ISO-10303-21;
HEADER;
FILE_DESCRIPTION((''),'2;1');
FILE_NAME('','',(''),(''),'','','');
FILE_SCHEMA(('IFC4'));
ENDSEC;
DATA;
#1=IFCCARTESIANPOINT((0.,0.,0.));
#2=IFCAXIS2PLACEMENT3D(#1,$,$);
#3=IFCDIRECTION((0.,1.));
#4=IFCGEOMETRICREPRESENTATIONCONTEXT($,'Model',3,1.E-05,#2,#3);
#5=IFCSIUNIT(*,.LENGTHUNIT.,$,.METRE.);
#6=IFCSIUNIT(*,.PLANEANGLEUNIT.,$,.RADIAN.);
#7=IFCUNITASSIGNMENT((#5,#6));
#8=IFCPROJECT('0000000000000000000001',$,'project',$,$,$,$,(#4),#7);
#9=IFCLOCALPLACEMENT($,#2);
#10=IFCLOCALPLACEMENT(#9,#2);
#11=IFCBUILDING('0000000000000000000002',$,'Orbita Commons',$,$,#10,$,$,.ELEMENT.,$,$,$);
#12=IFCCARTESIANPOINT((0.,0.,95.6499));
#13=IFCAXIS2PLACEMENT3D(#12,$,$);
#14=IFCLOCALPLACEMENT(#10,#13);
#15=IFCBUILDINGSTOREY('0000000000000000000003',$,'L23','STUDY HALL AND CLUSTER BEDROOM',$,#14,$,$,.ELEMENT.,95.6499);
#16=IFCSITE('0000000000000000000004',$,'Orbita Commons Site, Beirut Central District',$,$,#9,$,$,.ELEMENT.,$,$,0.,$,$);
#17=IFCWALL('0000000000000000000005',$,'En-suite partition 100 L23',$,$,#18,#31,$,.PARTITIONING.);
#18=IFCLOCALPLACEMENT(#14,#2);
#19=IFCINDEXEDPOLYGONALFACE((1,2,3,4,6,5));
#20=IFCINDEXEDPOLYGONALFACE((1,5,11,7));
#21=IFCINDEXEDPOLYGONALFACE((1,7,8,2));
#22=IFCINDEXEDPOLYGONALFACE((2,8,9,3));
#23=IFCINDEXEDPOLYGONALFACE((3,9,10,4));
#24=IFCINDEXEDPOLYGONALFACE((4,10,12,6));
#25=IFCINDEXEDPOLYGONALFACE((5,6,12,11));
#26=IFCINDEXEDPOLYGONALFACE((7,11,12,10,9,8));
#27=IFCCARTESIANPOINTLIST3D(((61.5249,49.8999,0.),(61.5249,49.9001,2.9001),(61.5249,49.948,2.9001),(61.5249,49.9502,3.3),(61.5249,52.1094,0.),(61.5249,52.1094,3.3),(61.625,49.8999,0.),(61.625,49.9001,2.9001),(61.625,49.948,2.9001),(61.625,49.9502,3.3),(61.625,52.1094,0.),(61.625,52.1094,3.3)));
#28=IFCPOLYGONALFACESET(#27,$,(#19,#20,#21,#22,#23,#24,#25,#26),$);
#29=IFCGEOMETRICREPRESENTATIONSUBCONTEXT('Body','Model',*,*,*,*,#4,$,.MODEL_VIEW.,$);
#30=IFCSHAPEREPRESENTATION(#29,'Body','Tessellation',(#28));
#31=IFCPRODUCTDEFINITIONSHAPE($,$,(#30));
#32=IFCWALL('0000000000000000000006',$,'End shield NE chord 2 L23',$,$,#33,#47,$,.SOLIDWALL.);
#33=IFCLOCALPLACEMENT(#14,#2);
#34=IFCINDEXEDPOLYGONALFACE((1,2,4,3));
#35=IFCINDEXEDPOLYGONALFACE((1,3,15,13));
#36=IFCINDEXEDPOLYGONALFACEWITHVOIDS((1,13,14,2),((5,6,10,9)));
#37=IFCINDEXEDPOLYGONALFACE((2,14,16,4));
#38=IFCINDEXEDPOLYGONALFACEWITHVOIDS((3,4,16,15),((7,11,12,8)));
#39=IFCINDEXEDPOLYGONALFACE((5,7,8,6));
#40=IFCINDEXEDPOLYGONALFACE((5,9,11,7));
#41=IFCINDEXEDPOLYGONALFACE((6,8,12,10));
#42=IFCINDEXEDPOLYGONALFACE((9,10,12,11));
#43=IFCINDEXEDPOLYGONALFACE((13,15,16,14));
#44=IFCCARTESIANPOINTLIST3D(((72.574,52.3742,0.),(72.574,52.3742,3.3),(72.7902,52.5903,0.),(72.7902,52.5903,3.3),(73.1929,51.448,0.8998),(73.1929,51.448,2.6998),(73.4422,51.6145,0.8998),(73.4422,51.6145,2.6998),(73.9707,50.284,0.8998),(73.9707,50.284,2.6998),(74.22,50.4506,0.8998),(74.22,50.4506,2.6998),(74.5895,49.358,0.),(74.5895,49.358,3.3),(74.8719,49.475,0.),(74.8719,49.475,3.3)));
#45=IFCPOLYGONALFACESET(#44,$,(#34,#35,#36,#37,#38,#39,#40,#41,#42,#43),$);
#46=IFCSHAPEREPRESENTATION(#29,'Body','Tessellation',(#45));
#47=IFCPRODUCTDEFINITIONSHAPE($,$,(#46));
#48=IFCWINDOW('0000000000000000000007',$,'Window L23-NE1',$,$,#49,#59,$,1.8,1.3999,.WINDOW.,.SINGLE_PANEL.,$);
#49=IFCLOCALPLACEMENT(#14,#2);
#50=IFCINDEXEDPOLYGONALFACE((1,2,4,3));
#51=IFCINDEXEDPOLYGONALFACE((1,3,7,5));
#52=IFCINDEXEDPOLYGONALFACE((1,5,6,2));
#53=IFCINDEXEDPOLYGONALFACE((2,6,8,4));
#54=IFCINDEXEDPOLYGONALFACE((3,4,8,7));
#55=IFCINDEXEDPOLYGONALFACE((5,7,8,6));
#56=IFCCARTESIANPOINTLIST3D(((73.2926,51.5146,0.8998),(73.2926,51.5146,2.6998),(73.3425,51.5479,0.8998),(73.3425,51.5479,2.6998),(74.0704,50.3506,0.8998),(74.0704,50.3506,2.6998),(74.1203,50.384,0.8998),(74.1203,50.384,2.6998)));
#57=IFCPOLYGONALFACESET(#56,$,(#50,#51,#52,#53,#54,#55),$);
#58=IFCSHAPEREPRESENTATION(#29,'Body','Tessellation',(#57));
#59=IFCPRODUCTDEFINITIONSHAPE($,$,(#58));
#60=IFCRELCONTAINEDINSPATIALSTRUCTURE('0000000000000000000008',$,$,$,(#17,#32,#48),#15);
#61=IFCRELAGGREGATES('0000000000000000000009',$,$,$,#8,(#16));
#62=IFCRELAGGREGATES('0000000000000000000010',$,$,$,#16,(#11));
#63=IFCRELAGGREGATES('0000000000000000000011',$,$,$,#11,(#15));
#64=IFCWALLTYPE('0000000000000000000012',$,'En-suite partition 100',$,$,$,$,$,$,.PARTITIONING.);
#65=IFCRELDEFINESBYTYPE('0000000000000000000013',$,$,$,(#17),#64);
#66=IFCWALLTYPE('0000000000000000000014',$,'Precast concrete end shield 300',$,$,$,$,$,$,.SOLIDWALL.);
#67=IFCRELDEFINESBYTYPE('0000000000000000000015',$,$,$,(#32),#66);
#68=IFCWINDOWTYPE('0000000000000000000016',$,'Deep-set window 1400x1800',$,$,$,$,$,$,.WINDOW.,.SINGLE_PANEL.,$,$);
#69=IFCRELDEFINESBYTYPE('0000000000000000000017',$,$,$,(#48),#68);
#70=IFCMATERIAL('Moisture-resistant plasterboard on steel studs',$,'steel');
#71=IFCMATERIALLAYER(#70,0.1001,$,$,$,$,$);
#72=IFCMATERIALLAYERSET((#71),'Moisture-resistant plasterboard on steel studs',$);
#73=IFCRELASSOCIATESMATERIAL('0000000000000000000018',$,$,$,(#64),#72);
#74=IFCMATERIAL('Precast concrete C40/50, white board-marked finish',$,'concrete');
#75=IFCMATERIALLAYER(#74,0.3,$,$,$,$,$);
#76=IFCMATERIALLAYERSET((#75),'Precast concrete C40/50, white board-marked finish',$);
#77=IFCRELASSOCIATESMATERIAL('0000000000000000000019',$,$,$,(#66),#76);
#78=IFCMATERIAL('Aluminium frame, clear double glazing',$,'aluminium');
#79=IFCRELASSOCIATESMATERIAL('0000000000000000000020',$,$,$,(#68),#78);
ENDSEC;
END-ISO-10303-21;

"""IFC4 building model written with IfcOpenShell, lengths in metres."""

from ifc_helpers import new_model, si_unit, direction, frame, frame_2d, origin, place, context, subcontext, project, spatial, polyline, rectangle, outline, extrude, material, layer, layer_set, type_object, element, fill, save


model = new_model("IFC4")

# Units and contexts
model_context = context("Model", 3, precision=1e-05, world=origin(), true_north=direction((0.0, 1.0)))
body_context = subcontext(model_context, "Body", "Model", "MODEL_VIEW")
ifc_project = project(units=[si_unit("LENGTHUNIT", "METRE"), si_unit("PLANEANGLEUNIT", "RADIAN")], contexts=[model_context])

# Site, building, storey
site_placement = place(None, origin())
site = spatial("IfcSite", under=ifc_project, at=site_placement, Name="Orbita Commons Site, Beirut Central District", CompositionType="ELEMENT", RefElevation=0.0)
building_placement = place(site_placement, origin())
building = spatial("IfcBuilding", under=site, at=building_placement, Name="Orbita Commons", CompositionType="ELEMENT")
storey_placement = place(building_placement, frame((0.0, 0.0, 95.6499)))
storey = spatial("IfcBuildingStorey", under=building, at=storey_placement, Name="L23", Description="STUDY HALL AND CLUSTER BEDROOM", CompositionType="ELEMENT", Elevation=95.6499)

# Wall
ifc_material_1 = material(Name="Moisture-resistant plasterboard on steel studs", Category="steel")
ifc_layer_1 = layer(ifc_material_1, 0.1001)
ifc_layer_set_1 = layer_set([ifc_layer_1], Name="Moisture-resistant plasterboard on steel studs")
wall_type_1 = type_object("IfcWallType", Name="En-suite partition 100", PredefinedType="PARTITIONING", material=ifc_layer_set_1)
for number, where, z_axis, x_axis, name in (
    (1, (61.575, 52.1094, 0.0), (0.0, 0.0, 1.0), (0.0, -1.0, 0.0), "En-suite partition 100 L23"),
):
    element("IfcWall", number, at=place(storey_placement, frame(where, z_axis=z_axis, x_axis=x_axis)), inside=storey, type_object=wall_type_1, Name=name, PredefinedType="PARTITIONING", context=body_context, shape_type="SweptSolid", body=[
        extrude(outline(polyline([(0.0, 0.0), (2.2095, 0.0), (2.2092, 2.9001), (2.1614, 2.9001), (2.1592, 3.3), (0.0, 3.3), (0.0, 0.0)])), frame((0.0, 0.05, 0.0), z_axis=(0.0, -1.0, 0.0), x_axis=(1.0, 0.0, 0.0)), (0.0, 0.0, 1.0), 0.1001),
    ])

# Wall, opening, window
ifc_material_2 = material(Name="Precast concrete C40/50, white board-marked finish", Category="concrete")
ifc_layer_2 = layer(ifc_material_2, 0.3)
ifc_layer_set_2 = layer_set([ifc_layer_2], Name="Precast concrete C40/50, white board-marked finish")
wall_type_2 = type_object("IfcWallType", Name="Precast concrete end shield 300", PredefinedType="SOLIDWALL", material=ifc_layer_set_2)
wall_1_placement = place(storey_placement, frame((74.7307, 49.4165, 0.0), z_axis=(0.0, 0.0, 1.0), x_axis=(-0.555601, 0.831449, 0.0)))
wall_1 = element("IfcWall", 2, at=wall_1_placement, inside=storey, type_object=wall_type_2, Name="End shield NE chord 2 L23", PredefinedType="SOLIDWALL", context=body_context, shape_type="SweptSolid", body=[
    extrude(outline(polyline([(-0.0298, -0.1499), (3.717, -0.1499), (3.6575, 0.1499), (0.0298, 0.1499), (-0.0298, -0.1499)])), origin(), (0.0, 0.0, 1.0), 3.3),
])
opening_1_placement = place(wall_1_placement, frame((1.1436, 0.0, 0.8999)))
opening_1 = element("IfcOpeningElement", 3, at=opening_1_placement, cuts=wall_1, PredefinedType="OPENING", context=body_context, shape_type="SweptSolid", body=[
    extrude(rectangle(XDim=1.3999, YDim=1.8, at=frame_2d((0.7, 0.8999))), frame((0.0, 0.1599, 0.0), z_axis=(0.0, -1.0, 0.0), x_axis=(1.0, 0.0, 0.0)), (0.0, 0.0, 1.0), 0.3201),
])
ifc_material_3 = material(Name="Aluminium frame, clear double glazing", Category="aluminium")
window_type = type_object("IfcWindowType", Name="Deep-set window 1400x1800", PartitioningType="SINGLE_PANEL", PredefinedType="WINDOW", material=ifc_material_3)
window_placement = place(opening_1_placement, origin())
window = element("IfcWindow", 4, at=window_placement, inside=storey, type_object=window_type, Name="Window L23-NE1", OverallHeight=1.8, OverallWidth=1.3999, PartitioningType="SINGLE_PANEL", PredefinedType="WINDOW", context=body_context, shape_type="SweptSolid", body=[
    extrude(rectangle(XDim=1.3999, YDim=1.8, at=frame_2d((0.7, 0.8999))), frame((0.0, 0.03, 0.0), z_axis=(0.0, -1.0, 0.0), x_axis=(1.0, 0.0, 0.0)), (0.0, 0.0, 1.0), 0.0601),
])
fill(opening_1, window)

save(model, "model.ifc")
